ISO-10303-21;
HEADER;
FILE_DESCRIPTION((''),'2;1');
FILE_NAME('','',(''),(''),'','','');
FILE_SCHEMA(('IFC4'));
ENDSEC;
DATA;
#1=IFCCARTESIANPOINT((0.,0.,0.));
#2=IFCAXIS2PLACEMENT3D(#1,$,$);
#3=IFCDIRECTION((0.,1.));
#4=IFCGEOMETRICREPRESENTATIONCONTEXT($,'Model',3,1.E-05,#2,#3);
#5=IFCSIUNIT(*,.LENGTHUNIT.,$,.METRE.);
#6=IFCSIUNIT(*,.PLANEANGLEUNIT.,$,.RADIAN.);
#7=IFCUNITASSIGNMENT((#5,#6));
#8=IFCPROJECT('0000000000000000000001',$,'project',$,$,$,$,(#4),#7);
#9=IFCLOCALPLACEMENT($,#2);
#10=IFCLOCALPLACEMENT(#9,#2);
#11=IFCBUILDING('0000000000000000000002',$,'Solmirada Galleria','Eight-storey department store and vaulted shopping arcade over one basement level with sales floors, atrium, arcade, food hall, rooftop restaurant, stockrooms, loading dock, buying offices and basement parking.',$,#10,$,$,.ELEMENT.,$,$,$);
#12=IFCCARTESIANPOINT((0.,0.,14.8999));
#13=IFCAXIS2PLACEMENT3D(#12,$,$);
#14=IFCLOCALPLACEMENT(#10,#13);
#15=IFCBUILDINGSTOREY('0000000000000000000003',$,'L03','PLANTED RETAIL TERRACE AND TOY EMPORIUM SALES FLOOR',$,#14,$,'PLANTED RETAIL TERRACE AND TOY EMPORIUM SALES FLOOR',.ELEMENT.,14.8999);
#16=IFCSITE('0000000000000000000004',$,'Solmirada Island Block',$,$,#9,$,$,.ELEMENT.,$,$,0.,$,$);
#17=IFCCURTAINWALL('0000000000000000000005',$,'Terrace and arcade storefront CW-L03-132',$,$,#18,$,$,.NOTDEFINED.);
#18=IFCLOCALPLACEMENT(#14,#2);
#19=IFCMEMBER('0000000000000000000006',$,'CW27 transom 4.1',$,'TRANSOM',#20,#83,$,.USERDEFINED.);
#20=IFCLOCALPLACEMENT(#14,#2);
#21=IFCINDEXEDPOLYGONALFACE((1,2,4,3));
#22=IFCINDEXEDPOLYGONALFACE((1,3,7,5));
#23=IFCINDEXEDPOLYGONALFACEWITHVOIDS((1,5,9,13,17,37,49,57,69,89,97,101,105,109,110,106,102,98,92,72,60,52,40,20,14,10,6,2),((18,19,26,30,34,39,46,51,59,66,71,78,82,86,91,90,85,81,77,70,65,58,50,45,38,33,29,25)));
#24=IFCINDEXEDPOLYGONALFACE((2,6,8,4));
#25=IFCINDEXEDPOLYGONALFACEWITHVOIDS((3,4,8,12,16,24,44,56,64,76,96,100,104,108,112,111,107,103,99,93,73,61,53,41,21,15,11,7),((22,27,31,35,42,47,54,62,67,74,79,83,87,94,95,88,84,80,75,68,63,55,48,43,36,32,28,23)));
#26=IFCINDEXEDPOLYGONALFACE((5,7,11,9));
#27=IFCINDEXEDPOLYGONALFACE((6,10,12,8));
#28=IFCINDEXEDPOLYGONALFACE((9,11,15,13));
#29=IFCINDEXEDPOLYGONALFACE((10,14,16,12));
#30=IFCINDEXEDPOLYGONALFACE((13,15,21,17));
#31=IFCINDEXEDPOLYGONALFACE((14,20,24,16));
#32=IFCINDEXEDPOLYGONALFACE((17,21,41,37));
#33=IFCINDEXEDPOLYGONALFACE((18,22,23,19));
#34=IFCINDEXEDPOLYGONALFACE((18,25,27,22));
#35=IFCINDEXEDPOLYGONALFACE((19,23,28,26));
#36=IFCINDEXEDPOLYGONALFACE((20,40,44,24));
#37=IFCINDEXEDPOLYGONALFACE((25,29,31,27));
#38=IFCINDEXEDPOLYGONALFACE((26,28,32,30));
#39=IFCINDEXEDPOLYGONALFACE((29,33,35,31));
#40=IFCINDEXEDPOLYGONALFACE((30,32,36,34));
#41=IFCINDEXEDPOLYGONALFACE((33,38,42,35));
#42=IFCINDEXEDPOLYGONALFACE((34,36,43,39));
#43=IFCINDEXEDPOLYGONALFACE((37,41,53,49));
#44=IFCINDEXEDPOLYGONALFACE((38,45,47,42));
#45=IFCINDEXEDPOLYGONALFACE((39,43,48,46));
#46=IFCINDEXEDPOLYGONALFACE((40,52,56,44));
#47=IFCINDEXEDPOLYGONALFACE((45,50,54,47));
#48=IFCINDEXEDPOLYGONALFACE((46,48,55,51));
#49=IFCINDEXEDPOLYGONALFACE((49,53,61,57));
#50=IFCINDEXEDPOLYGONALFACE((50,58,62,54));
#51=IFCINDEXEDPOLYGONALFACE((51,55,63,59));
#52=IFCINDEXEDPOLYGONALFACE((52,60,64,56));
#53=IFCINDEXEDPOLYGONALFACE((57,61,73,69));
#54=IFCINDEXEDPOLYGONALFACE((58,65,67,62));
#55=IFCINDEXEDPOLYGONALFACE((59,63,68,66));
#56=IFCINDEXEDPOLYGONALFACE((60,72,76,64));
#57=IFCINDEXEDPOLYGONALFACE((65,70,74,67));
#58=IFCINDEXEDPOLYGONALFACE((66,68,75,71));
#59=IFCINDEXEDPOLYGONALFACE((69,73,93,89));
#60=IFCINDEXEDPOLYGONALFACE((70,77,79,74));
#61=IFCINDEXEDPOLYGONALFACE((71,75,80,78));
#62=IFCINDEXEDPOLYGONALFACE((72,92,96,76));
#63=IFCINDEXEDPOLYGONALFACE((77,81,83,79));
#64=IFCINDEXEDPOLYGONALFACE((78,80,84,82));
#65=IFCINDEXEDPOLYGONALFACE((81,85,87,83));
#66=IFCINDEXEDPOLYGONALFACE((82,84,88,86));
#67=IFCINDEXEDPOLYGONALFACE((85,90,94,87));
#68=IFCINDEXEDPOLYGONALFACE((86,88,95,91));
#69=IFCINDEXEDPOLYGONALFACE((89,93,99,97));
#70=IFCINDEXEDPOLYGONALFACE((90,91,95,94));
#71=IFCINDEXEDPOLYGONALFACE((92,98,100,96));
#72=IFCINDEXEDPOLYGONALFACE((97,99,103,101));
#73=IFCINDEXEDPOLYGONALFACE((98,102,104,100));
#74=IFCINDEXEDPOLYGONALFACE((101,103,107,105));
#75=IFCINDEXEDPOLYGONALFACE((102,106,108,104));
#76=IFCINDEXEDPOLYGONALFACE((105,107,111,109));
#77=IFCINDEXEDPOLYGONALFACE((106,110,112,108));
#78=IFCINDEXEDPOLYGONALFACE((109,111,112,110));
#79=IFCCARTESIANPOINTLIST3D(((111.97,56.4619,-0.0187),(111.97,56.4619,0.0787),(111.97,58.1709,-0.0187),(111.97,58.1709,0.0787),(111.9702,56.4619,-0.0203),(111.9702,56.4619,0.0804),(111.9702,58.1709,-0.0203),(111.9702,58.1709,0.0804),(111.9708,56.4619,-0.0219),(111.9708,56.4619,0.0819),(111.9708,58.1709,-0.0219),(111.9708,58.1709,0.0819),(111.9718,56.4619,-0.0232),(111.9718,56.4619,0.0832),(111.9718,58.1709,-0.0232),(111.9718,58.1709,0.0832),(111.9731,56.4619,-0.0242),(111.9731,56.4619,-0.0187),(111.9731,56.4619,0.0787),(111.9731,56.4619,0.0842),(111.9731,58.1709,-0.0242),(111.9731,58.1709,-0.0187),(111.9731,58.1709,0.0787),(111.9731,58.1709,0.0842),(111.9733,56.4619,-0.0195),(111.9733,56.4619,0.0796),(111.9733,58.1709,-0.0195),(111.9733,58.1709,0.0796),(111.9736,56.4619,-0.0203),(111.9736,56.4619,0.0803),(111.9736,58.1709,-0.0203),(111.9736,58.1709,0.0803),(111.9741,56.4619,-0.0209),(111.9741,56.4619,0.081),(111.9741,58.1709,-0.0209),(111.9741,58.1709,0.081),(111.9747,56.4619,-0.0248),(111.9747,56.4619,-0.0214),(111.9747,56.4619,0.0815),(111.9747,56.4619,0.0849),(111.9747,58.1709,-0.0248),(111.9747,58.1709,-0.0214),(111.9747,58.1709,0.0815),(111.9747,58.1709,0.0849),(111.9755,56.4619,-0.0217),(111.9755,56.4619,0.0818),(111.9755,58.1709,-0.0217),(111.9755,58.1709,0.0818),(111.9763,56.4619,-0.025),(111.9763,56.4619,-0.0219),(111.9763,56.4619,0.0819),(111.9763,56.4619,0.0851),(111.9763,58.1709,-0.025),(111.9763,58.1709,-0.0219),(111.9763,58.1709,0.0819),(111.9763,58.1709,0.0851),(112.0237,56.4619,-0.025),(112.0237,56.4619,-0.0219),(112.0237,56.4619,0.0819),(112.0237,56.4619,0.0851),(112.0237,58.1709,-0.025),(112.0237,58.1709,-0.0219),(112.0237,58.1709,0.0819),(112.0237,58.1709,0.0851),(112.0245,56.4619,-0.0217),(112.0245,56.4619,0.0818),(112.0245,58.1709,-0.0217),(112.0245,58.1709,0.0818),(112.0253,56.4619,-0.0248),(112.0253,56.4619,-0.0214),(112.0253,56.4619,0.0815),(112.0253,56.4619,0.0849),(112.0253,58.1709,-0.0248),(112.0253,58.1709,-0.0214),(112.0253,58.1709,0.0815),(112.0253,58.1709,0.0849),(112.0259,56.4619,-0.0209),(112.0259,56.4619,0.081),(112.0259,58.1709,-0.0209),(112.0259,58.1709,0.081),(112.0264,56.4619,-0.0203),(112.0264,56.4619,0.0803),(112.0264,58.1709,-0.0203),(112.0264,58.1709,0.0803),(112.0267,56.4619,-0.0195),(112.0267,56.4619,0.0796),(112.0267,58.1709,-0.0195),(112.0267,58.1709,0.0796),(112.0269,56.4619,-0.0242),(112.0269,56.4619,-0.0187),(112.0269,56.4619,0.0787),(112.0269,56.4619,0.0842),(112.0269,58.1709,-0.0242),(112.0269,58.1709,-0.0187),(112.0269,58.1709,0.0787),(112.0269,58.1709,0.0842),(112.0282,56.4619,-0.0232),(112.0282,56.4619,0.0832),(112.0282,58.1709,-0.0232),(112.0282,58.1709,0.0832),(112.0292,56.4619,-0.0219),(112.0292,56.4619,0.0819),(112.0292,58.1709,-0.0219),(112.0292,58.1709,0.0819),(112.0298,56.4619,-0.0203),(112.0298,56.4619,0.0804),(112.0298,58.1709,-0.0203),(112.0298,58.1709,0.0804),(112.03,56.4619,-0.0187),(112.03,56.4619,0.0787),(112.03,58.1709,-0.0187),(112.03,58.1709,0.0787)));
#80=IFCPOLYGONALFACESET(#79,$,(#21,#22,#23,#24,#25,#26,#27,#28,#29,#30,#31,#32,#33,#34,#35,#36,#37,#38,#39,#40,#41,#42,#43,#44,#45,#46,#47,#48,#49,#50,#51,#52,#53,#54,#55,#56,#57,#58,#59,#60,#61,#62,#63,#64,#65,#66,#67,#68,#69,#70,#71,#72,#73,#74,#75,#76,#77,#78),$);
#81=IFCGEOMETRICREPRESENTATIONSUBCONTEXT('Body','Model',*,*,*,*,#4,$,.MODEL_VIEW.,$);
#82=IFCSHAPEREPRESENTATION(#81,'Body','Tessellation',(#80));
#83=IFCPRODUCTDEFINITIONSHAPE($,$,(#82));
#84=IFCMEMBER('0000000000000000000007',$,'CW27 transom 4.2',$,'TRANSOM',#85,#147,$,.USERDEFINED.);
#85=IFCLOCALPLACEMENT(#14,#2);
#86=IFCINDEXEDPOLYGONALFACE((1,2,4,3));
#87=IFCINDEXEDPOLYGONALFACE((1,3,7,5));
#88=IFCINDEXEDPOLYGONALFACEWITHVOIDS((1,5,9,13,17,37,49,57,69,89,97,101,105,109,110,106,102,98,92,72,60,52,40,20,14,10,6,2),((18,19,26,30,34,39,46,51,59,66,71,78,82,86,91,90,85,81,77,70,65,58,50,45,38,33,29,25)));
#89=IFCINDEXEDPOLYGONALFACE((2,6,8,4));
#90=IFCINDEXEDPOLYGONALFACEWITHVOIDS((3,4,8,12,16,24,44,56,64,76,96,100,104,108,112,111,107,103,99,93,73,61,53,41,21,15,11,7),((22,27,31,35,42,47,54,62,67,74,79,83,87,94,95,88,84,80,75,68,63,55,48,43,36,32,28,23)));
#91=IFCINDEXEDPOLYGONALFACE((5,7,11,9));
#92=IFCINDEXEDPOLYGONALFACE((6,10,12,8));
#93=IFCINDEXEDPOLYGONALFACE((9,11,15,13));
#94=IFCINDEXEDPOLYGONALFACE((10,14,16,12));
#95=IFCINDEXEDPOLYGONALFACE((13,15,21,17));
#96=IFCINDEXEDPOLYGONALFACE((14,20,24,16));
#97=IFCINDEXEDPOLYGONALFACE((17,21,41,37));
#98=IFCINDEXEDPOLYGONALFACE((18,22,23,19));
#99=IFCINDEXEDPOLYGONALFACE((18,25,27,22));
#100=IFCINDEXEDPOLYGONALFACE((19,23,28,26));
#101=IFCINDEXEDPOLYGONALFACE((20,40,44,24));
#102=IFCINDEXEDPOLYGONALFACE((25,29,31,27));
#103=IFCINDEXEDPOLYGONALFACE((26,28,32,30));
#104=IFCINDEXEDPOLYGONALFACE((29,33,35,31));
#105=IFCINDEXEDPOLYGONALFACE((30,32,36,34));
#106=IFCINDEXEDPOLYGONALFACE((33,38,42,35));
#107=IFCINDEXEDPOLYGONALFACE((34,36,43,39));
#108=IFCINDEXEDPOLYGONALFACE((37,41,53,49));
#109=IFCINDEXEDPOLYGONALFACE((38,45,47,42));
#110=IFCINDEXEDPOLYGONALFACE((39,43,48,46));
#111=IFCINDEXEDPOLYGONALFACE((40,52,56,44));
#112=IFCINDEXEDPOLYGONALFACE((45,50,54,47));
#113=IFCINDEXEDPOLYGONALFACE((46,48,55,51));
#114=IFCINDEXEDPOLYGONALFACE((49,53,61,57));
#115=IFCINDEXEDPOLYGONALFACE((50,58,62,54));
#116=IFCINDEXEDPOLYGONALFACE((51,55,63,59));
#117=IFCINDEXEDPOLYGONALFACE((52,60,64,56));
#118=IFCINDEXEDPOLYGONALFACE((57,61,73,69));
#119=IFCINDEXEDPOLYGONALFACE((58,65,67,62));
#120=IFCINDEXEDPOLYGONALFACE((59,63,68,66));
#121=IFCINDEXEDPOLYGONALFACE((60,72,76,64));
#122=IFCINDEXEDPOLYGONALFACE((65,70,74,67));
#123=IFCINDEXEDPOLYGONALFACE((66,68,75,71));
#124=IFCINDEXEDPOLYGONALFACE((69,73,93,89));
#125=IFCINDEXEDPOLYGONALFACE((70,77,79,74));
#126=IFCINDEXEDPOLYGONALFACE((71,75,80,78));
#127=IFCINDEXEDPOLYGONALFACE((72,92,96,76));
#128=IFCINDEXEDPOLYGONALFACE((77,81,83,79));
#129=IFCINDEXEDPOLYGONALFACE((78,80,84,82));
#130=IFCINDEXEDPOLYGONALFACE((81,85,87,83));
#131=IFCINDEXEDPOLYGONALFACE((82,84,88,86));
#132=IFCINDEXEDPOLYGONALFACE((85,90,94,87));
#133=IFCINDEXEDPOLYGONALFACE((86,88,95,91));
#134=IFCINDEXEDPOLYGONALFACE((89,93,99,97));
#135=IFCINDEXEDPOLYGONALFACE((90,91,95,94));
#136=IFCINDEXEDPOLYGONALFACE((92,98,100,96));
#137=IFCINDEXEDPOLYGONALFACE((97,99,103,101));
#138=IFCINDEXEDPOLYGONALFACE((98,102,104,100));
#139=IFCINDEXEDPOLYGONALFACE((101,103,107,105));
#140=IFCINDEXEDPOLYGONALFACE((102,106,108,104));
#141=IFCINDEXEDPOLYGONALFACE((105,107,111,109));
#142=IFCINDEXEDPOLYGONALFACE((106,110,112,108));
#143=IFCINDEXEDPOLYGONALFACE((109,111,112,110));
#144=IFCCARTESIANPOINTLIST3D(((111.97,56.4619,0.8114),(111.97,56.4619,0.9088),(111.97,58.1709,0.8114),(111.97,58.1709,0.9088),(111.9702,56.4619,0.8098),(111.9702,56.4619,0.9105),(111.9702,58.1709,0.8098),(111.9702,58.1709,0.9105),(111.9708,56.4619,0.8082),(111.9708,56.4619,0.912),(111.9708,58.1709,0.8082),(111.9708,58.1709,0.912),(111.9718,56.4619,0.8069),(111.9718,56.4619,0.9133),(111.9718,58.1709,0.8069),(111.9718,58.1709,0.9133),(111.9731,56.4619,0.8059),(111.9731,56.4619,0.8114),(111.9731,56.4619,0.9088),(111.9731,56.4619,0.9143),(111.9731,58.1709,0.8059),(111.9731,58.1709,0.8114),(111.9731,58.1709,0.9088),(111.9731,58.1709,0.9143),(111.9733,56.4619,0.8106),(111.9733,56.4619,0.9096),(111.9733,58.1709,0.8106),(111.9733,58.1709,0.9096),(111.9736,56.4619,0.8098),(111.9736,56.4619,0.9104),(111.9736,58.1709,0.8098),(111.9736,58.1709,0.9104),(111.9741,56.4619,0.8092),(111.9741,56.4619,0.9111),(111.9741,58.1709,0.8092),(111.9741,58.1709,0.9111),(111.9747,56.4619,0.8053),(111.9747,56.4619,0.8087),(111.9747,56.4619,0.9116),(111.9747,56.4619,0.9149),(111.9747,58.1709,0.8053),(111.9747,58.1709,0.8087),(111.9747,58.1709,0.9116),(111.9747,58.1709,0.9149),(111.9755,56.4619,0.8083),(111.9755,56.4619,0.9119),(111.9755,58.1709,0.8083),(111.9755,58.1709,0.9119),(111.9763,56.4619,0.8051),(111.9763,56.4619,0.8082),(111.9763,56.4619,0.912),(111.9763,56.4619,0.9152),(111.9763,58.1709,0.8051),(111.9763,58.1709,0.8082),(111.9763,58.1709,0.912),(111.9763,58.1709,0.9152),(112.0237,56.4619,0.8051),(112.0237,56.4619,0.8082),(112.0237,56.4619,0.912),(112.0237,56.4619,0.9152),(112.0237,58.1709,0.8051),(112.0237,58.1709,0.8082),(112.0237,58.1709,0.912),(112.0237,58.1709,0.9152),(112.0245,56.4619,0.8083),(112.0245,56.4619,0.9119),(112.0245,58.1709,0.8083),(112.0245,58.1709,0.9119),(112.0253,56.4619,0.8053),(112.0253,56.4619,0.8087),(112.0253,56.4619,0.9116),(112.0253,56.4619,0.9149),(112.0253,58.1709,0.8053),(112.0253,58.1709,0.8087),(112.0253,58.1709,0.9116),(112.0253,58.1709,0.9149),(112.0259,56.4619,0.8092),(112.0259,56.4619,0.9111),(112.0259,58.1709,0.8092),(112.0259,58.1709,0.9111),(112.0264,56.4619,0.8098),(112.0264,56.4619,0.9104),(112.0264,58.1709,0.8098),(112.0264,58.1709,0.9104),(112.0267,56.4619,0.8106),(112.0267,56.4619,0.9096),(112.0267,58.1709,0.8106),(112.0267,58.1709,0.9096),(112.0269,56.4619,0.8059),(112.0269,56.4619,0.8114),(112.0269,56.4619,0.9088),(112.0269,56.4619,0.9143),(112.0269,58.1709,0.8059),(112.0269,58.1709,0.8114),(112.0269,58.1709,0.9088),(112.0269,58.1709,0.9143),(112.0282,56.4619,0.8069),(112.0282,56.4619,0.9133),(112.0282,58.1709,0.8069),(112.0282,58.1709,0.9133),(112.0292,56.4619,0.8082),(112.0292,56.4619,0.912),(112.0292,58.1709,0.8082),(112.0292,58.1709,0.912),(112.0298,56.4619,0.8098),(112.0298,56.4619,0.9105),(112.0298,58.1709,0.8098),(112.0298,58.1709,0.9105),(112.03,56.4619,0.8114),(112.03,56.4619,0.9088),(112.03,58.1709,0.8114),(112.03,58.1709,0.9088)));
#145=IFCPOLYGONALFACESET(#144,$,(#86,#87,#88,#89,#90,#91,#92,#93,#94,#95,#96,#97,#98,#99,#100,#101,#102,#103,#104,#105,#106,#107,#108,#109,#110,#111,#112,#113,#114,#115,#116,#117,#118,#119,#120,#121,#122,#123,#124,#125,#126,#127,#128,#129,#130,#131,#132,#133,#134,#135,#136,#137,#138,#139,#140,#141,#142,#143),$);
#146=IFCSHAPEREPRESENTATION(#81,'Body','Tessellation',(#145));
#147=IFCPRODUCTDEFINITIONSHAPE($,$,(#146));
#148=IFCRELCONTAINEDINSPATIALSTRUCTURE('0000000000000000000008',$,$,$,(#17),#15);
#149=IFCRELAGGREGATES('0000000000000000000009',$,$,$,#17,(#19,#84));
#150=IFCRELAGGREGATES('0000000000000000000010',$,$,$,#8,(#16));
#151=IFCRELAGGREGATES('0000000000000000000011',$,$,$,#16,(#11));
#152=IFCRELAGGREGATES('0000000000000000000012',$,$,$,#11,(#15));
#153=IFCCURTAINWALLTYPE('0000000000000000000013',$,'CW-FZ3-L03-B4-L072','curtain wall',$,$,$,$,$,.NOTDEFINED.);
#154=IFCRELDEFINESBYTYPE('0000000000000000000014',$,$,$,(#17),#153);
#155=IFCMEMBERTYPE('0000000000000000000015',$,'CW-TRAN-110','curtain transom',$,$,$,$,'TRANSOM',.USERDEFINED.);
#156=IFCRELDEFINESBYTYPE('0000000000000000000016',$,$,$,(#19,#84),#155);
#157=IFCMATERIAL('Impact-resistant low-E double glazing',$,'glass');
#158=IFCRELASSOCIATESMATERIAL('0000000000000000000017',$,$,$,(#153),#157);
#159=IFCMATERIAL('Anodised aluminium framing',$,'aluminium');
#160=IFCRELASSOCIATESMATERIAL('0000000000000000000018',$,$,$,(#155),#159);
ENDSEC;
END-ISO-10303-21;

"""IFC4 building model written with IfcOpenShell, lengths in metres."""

from ifc_helpers import new_model, si_unit, direction, frame, origin, origin_2d, place, context, subcontext, project, spatial, hollow_rectangle, extrude, material, material_profile, profile_set, type_object, element, aggregate, save


model = new_model("IFC4")

# Units and contexts
model_context = context("Model", 3, precision=1e-05, world=origin(), true_north=direction((0.0, 1.0)))
body_context = subcontext(model_context, "Body", "Model", "MODEL_VIEW")
ifc_project = project(units=[si_unit("LENGTHUNIT", "METRE"), si_unit("PLANEANGLEUNIT", "RADIAN")], contexts=[model_context])

# Site, building, storey
site_placement = place(None, origin())
site = spatial("IfcSite", under=ifc_project, at=site_placement, Name="Solmirada Island Block", CompositionType="ELEMENT", RefElevation=0.0)
building_placement = place(site_placement, origin())
building = spatial("IfcBuilding", under=site, at=building_placement, Name="Solmirada Galleria", Description="Eight-storey department store and vaulted shopping arcade over one basement level with sales floors, atrium, arcade, food hall, rooftop restaurant, stockrooms, loading dock, buying offices and basement parking.", CompositionType="ELEMENT")
storey_placement = place(building_placement, frame((0.0, 0.0, 14.8999)))
storey = spatial("IfcBuildingStorey", under=building, at=storey_placement, Name="L03", Description="PLANTED RETAIL TERRACE AND TOY EMPORIUM SALES FLOOR", LongName="PLANTED RETAIL TERRACE AND TOY EMPORIUM SALES FLOOR", CompositionType="ELEMENT", Elevation=14.8999)

# Curtain wall, members
ifc_material_1 = material(Name="Impact-resistant low-E double glazing", Category="glass")
curtain_wall_type = type_object("IfcCurtainWallType", Name="CW-FZ3-L03-B4-L072", Description="curtain wall", PredefinedType="NOTDEFINED", material=ifc_material_1)
curtain_wall_placement = place(storey_placement, origin())
curtain_wall = element("IfcCurtainWall", 1, at=curtain_wall_placement, inside=storey, type_object=curtain_wall_type, Name="Terrace and arcade storefront CW-L03-132", PredefinedType="NOTDEFINED")
ifc_material_2 = material(Name="Anodised aluminium framing", Category="aluminium")
ifc_material_profile_1 = material_profile(ifc_material_2, hollow_rectangle(XDim=0.0601, YDim=0.1101, WallThickness=0.0032, InnerFilletRadius=0.0032, OuterFilletRadius=0.0063, at=origin_2d()), Name="ALU-TRAN-110X60")
ifc_profile_set_1 = profile_set([ifc_material_profile_1], Name="Anodised aluminium framing")
member_type_1 = type_object("IfcMemberType", Name="CW-TRAN-110", Description="curtain transom", ElementType="TRANSOM", PredefinedType="USERDEFINED", material=ifc_profile_set_1)
member_1_placement = place(storey_placement, frame((112.0, 58.1709, 0.03), z_axis=(0.0, -1.0, 0.0), x_axis=(1.0, 0.0, 0.0)))
member_1 = element("IfcMember", 2, at=member_1_placement, type_object=member_type_1, Name="CW27 transom 4.1", ObjectType="TRANSOM", PredefinedType="USERDEFINED", context=body_context, shape_type="SweptSolid", body=[
    extrude(hollow_rectangle(XDim=0.0601, YDim=0.1101, WallThickness=0.0032, InnerFilletRadius=0.0032, OuterFilletRadius=0.0063, at=origin_2d()), origin(), (0.0, 0.0, 1.0), 1.709),
])
member_2_placement = place(storey_placement, frame((112.0, 58.1709, 0.8601), z_axis=(0.0, -1.0, 0.0), x_axis=(1.0, 0.0, 0.0)))
member_2 = element("IfcMember", 3, at=member_2_placement, type_object=member_type_1, Name="CW27 transom 4.2", ObjectType="TRANSOM", PredefinedType="USERDEFINED", context=body_context, shape_type="SweptSolid", body=[
    extrude(hollow_rectangle(XDim=0.0601, YDim=0.1101, WallThickness=0.0032, InnerFilletRadius=0.0032, OuterFilletRadius=0.0063, at=origin_2d()), origin(), (0.0, 0.0, 1.0), 1.709),
])
aggregate(curtain_wall, [member_1, member_2])

save(model, "model.ifc")
